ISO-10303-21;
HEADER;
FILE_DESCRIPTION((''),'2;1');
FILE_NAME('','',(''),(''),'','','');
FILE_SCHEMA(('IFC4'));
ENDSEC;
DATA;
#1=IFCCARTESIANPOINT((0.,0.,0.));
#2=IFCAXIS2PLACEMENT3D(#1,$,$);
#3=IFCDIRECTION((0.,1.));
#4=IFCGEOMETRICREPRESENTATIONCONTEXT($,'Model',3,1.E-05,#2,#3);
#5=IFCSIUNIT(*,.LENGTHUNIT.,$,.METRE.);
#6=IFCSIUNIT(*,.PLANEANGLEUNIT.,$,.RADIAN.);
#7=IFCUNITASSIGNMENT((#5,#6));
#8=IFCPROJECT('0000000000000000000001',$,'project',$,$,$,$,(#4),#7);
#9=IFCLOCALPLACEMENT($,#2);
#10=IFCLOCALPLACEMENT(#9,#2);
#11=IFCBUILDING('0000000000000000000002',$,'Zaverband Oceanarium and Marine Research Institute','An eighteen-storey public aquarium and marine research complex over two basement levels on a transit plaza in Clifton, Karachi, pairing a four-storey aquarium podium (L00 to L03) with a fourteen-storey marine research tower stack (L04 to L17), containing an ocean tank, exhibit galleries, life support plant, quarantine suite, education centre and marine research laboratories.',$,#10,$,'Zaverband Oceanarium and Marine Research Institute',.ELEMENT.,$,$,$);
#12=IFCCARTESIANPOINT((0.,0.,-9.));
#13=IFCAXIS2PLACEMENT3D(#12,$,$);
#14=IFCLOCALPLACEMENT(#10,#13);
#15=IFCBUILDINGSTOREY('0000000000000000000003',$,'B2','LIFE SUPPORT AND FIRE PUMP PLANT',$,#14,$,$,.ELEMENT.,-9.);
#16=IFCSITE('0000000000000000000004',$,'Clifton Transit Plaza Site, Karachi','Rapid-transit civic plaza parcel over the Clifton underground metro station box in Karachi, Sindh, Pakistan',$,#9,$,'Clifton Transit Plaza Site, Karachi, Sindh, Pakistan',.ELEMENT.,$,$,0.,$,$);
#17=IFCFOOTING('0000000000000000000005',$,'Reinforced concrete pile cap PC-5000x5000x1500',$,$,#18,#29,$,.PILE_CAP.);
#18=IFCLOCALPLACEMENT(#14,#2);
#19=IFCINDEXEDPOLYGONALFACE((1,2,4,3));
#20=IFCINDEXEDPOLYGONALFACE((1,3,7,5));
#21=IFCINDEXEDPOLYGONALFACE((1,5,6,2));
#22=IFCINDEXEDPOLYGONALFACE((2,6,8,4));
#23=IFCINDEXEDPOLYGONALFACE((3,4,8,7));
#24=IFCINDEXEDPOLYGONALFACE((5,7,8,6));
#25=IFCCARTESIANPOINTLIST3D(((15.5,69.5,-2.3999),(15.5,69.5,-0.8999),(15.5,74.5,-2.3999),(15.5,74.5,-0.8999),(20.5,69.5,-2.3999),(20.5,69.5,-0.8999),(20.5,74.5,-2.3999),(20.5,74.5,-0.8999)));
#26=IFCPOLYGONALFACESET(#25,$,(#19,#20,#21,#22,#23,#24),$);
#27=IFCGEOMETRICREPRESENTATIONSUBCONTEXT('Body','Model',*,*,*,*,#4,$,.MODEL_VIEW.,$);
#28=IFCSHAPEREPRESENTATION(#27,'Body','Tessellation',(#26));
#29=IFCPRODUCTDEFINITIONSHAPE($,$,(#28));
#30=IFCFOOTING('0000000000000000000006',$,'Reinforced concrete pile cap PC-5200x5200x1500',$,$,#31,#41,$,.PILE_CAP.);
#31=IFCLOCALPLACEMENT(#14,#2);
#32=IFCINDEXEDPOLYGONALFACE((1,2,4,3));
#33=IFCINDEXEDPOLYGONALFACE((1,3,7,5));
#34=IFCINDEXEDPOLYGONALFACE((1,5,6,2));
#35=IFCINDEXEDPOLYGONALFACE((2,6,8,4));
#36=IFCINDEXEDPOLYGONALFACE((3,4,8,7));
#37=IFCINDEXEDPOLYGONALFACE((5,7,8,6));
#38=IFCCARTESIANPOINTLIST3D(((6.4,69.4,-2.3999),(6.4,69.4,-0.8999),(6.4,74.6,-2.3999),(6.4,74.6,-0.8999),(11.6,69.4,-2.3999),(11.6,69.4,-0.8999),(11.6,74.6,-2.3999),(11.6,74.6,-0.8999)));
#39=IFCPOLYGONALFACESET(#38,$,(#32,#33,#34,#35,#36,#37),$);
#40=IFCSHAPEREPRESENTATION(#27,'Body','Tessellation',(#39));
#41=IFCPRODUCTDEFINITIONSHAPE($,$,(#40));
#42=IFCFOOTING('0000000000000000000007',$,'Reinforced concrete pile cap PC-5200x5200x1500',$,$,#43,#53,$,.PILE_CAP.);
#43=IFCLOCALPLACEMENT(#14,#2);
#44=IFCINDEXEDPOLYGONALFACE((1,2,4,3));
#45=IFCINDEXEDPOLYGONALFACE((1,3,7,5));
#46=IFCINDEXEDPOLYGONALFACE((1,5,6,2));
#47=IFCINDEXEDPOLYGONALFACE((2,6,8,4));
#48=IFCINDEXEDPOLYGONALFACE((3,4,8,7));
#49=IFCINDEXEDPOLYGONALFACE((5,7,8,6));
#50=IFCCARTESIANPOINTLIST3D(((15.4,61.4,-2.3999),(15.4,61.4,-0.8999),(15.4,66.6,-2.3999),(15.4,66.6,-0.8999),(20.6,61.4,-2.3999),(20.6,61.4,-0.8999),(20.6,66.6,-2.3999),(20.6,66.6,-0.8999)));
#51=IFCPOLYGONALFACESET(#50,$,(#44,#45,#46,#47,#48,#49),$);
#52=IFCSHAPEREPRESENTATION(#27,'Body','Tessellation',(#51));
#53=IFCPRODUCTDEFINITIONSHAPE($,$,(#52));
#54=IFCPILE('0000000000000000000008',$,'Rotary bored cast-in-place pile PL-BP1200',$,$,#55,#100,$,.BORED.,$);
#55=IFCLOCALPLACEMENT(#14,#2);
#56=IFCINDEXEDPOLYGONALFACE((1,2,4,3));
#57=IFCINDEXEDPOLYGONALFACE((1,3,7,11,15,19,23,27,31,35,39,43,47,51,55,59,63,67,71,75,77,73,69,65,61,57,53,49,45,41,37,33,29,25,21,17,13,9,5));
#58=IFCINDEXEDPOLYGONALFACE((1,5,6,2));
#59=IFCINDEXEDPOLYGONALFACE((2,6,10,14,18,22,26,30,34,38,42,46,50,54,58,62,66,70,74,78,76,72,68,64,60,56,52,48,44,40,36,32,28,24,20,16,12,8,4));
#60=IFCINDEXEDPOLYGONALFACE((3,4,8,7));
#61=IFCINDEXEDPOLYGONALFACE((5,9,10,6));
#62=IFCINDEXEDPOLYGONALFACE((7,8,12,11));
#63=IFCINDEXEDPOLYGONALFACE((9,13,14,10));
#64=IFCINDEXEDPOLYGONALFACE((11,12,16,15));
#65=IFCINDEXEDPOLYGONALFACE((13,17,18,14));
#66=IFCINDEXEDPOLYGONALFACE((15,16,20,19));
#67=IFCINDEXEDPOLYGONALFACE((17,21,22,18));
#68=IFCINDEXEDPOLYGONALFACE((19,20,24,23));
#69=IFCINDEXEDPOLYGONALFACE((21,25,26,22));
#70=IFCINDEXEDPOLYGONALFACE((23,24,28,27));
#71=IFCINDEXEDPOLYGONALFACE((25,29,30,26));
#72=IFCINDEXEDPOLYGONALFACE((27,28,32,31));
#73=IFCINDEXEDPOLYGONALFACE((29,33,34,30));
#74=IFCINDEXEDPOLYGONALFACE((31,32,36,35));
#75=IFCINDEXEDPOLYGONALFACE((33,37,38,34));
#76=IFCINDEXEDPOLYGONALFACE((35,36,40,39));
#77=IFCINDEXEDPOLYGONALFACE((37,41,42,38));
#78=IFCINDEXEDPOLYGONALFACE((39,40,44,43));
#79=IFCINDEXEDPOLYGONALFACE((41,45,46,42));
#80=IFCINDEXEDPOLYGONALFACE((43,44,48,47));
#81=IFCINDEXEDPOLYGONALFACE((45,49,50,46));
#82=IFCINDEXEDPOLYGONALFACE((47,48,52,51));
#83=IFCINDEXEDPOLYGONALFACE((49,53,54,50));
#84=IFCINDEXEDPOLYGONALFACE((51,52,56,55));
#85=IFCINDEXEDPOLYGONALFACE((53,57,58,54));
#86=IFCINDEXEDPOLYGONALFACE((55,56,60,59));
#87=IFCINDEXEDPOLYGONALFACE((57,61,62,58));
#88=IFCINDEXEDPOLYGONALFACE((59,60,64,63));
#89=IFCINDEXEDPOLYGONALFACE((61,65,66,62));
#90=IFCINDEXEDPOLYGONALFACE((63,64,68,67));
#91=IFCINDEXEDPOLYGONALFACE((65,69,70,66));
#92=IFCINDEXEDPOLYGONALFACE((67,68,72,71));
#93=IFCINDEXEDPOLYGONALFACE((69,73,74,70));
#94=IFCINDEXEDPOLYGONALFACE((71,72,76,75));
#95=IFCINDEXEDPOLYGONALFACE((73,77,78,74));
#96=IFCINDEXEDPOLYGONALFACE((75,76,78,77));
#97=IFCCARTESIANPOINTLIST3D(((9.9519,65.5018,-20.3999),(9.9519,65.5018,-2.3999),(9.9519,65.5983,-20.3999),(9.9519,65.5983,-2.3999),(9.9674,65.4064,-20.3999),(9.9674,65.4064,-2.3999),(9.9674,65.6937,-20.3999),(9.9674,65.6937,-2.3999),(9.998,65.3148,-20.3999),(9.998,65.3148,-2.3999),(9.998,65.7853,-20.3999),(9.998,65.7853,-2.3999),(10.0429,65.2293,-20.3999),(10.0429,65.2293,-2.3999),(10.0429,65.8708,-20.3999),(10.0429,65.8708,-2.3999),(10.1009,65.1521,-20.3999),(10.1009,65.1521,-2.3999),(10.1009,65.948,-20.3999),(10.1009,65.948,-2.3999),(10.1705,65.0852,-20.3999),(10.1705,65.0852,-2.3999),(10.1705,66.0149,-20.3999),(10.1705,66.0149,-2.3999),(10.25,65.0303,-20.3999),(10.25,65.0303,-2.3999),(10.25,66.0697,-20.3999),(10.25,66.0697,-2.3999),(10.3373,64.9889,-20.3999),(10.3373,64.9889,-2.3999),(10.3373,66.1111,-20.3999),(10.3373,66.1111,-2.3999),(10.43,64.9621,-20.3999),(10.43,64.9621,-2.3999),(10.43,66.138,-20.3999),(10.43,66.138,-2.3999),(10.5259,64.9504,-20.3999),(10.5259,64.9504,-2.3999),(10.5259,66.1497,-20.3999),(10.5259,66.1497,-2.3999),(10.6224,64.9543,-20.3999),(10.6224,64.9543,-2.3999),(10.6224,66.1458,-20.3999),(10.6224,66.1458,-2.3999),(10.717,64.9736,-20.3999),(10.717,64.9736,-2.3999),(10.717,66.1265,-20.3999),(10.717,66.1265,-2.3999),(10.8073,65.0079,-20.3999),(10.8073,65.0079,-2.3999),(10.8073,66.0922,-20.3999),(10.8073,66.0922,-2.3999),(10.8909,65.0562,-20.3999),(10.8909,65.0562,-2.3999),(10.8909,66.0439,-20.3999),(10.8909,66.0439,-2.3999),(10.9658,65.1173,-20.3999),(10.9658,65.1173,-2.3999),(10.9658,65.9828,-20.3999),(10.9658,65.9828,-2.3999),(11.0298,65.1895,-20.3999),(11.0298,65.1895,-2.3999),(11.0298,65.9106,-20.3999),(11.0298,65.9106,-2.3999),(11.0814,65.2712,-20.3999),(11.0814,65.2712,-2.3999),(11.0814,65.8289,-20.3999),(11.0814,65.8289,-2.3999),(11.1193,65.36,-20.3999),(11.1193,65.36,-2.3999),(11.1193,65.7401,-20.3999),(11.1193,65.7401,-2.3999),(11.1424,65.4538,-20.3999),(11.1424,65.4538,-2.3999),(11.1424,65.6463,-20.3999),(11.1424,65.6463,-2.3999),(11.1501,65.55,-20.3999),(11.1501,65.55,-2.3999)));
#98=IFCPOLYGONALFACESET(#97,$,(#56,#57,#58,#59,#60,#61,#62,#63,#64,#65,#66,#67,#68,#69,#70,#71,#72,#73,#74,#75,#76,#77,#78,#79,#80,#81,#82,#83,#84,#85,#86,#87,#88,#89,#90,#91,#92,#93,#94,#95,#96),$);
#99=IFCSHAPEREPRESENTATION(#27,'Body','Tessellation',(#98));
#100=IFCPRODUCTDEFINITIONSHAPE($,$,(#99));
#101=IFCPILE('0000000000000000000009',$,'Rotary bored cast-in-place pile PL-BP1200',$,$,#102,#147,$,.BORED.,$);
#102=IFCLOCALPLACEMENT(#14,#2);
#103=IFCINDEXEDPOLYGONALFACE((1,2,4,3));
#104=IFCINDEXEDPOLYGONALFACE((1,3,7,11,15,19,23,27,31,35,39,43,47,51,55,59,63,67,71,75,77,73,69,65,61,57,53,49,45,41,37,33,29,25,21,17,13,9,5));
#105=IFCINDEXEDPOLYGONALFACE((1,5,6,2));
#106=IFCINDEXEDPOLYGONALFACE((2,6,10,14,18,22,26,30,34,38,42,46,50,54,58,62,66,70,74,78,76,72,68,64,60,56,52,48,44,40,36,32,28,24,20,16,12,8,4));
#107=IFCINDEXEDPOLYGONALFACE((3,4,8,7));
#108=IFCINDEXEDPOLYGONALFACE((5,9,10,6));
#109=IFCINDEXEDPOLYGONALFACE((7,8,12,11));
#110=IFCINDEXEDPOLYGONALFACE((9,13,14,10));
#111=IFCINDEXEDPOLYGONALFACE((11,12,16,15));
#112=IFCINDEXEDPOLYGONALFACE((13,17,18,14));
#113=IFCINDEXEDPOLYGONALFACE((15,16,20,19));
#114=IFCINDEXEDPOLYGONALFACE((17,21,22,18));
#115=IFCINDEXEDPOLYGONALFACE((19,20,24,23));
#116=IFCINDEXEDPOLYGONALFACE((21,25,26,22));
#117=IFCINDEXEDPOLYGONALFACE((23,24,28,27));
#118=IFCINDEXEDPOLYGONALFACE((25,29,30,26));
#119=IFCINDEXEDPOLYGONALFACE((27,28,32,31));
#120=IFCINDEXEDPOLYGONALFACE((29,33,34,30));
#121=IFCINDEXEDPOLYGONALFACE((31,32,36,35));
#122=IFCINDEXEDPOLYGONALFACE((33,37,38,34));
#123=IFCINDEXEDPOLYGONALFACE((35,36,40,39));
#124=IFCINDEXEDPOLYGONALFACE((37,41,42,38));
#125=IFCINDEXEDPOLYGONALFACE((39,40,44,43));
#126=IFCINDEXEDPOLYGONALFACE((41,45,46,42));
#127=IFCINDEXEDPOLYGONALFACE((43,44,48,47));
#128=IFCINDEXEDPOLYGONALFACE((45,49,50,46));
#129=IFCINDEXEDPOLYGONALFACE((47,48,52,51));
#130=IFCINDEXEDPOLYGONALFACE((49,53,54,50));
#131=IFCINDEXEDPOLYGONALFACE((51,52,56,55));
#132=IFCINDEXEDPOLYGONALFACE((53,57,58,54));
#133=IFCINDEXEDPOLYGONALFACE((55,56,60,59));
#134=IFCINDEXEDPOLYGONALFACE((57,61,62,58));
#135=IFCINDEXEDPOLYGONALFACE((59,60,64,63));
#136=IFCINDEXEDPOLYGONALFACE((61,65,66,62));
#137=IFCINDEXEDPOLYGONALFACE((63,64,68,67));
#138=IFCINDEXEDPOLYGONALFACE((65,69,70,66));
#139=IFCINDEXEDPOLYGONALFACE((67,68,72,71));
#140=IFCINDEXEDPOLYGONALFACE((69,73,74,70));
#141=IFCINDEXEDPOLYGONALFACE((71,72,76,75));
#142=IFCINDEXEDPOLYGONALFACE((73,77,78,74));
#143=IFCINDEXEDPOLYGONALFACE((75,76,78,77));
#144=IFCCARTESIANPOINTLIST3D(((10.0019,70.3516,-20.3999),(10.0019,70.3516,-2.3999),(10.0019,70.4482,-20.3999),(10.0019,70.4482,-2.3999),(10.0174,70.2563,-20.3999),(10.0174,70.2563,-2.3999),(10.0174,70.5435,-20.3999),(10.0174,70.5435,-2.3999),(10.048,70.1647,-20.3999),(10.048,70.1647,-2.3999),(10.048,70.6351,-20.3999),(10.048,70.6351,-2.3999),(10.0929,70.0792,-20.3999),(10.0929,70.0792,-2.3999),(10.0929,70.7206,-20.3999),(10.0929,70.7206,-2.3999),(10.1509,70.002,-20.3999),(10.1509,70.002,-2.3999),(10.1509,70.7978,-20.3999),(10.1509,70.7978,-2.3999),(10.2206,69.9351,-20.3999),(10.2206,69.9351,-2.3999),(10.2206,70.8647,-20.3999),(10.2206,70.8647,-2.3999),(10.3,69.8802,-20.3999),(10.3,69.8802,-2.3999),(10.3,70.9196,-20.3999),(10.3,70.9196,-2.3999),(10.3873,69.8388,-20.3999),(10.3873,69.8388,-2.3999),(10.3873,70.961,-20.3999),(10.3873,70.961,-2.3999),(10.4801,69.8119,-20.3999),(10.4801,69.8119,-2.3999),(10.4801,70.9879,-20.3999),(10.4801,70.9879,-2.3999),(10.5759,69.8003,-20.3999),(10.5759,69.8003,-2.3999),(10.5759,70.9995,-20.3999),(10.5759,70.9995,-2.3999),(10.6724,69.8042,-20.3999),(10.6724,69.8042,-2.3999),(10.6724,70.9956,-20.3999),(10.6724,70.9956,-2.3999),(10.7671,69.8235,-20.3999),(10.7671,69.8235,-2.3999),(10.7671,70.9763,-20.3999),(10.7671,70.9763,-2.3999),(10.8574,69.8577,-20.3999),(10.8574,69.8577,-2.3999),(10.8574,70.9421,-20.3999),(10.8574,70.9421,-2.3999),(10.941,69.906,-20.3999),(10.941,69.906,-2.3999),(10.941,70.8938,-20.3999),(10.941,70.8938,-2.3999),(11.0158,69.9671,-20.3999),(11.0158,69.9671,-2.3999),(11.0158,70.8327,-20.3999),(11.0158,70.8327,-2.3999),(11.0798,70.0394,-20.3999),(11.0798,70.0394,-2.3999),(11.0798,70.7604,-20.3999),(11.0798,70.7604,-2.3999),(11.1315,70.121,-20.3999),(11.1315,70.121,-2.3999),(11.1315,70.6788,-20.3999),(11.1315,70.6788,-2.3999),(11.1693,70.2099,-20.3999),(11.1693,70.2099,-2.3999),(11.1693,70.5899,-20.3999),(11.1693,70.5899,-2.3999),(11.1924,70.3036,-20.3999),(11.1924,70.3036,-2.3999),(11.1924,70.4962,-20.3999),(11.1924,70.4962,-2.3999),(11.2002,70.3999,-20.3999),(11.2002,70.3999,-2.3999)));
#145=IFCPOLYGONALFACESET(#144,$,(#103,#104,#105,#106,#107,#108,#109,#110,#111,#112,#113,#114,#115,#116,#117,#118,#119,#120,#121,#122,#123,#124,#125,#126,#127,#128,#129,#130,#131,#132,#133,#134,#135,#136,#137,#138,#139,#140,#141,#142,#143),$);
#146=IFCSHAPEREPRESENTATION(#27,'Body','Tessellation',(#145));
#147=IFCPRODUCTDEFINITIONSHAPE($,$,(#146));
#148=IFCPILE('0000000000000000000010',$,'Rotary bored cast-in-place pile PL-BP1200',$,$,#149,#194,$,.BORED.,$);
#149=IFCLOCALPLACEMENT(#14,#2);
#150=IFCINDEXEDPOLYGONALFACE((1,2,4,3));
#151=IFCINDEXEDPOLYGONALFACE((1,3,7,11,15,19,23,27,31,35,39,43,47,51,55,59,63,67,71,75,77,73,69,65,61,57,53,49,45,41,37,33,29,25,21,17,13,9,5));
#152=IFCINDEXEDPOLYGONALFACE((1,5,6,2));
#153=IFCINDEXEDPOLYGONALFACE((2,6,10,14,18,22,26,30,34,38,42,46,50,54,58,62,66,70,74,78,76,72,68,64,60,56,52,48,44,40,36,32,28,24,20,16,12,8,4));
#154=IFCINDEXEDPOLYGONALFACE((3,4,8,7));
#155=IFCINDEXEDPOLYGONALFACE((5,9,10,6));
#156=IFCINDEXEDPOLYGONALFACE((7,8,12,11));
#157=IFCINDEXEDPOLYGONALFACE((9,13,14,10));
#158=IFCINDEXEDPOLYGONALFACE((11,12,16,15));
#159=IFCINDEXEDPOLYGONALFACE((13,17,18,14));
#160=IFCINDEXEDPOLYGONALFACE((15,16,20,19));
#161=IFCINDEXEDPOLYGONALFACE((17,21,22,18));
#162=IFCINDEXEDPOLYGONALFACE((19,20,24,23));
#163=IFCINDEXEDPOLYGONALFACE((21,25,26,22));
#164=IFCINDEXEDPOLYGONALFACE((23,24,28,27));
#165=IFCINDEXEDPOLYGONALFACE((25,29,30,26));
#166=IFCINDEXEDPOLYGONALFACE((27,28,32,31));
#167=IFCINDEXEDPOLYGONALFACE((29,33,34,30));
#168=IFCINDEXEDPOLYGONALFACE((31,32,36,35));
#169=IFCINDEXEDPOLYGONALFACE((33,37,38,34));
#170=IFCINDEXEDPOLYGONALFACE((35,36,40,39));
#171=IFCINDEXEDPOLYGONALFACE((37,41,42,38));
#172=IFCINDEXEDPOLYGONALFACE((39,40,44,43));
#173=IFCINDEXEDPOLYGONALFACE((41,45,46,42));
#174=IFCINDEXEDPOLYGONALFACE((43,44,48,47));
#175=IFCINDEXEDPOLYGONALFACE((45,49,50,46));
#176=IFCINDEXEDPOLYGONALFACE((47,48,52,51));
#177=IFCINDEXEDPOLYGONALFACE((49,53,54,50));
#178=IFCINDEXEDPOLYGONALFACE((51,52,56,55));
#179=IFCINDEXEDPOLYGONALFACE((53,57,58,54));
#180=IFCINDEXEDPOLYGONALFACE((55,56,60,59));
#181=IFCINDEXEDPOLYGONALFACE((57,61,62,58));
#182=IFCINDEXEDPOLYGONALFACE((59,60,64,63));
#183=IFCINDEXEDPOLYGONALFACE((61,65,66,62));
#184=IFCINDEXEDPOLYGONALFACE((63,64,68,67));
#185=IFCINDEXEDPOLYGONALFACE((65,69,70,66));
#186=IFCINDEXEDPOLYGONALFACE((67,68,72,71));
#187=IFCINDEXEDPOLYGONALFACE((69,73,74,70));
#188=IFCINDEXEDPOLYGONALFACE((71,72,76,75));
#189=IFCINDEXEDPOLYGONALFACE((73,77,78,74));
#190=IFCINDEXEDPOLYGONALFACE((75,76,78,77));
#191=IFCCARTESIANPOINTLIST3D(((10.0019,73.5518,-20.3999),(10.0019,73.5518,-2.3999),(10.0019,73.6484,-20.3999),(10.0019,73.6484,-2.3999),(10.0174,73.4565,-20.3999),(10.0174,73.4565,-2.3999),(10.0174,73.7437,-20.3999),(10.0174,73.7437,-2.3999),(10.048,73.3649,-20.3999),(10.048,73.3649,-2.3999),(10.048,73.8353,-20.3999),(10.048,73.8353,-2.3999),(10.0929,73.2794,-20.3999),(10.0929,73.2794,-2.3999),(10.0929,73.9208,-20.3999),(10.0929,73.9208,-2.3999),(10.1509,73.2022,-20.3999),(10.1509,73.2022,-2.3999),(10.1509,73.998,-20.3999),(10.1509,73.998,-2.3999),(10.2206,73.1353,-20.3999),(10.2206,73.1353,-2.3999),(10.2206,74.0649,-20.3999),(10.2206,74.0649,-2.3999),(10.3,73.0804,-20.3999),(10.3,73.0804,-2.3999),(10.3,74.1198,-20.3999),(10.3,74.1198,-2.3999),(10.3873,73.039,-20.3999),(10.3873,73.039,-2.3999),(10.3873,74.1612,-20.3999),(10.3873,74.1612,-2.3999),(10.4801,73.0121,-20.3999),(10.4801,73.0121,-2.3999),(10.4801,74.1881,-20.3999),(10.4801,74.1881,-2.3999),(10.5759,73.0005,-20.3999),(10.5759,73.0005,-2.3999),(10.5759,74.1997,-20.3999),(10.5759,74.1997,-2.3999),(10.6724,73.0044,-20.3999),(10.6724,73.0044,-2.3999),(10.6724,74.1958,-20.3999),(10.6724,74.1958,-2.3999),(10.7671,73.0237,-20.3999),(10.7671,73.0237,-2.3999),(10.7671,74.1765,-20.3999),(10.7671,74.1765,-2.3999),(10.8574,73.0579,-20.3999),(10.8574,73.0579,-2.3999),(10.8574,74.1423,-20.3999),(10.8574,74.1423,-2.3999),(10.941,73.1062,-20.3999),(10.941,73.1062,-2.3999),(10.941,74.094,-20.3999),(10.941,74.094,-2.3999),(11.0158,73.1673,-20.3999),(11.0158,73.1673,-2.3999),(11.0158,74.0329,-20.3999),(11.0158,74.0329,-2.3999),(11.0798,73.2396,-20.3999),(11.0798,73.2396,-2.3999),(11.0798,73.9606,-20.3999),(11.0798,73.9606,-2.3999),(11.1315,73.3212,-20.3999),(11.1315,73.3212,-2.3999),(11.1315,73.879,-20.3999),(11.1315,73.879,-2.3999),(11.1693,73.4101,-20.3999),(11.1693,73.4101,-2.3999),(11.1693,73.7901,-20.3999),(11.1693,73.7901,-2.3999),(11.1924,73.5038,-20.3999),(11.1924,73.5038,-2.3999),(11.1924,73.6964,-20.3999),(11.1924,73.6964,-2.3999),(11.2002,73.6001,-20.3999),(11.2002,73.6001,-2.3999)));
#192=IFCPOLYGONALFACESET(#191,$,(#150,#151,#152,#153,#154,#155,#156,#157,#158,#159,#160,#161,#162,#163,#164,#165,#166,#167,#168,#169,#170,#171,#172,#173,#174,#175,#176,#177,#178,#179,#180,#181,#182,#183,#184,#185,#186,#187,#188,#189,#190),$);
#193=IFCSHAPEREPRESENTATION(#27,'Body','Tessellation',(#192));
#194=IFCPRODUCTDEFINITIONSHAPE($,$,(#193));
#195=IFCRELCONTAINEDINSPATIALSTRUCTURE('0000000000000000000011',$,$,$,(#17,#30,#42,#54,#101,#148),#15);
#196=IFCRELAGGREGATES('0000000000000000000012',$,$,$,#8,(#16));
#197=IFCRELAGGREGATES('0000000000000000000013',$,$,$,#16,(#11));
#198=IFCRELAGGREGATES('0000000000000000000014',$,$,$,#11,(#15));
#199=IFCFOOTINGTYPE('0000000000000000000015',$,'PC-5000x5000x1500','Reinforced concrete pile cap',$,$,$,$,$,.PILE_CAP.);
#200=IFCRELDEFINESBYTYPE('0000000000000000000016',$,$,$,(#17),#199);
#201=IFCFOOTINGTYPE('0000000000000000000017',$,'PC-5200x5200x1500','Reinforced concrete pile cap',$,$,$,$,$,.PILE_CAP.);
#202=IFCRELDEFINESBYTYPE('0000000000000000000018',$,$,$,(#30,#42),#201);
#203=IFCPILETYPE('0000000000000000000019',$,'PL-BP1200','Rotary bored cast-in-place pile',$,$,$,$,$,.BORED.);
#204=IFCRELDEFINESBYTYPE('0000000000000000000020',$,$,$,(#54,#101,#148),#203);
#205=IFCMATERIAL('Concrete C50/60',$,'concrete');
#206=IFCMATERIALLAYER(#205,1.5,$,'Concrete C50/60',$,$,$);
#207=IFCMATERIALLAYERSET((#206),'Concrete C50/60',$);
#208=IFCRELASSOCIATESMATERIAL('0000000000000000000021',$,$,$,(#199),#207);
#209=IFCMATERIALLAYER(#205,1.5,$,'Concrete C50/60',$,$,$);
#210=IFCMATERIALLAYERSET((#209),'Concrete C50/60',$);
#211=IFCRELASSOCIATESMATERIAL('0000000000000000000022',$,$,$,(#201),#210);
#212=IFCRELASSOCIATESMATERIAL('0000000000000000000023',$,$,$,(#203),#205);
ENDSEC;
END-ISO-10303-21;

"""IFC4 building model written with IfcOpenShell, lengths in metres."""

from ifc_helpers import new_model, si_unit, direction, frame, origin, origin_2d, place, context, subcontext, project, spatial, rectangle, circle, extrude, material, layer, layer_set, material_profile, profile_set, type_object, element, save


model = new_model("IFC4")

# Units and contexts
model_context = context("Model", 3, precision=1e-05, world=origin(), true_north=direction((0.0, 1.0)))
body_context = subcontext(model_context, "Body", "Model", "MODEL_VIEW")
ifc_project = project(units=[si_unit("LENGTHUNIT", "METRE"), si_unit("PLANEANGLEUNIT", "RADIAN")], contexts=[model_context])

# Site, building, storey
site_placement = place(None, origin())
site = spatial("IfcSite", under=ifc_project, at=site_placement, Name="Clifton Transit Plaza Site, Karachi", Description="Rapid-transit civic plaza parcel over the Clifton underground metro station box in Karachi, Sindh, Pakistan", LongName="Clifton Transit Plaza Site, Karachi, Sindh, Pakistan", CompositionType="ELEMENT", RefElevation=0.0)
building_placement = place(site_placement, origin())
building = spatial("IfcBuilding", under=site, at=building_placement, Name="Zaverband Oceanarium and Marine Research Institute", Description="An eighteen-storey public aquarium and marine research complex over two basement levels on a transit plaza in Clifton, Karachi, pairing a four-storey aquarium podium (L00 to L03) with a fourteen-storey marine research tower stack (L04 to L17), containing an ocean tank, exhibit galleries, life support plant, quarantine suite, education centre and marine research laboratories.", LongName="Zaverband Oceanarium and Marine Research Institute", CompositionType="ELEMENT")
storey_placement = place(building_placement, frame((0.0, 0.0, -9.0)))
storey = spatial("IfcBuildingStorey", under=building, at=storey_placement, Name="B2", Description="LIFE SUPPORT AND FIRE PUMP PLANT", CompositionType="ELEMENT", Elevation=-9.0)

# Footings
ifc_material_1 = material(Name="Concrete C50/60", Category="concrete")
ifc_layer_1 = layer(ifc_material_1, 1.5, Name="Concrete C50/60")
ifc_layer_set_1 = layer_set([ifc_layer_1], Name="Concrete C50/60")
footing_type_1 = type_object("IfcFootingType", Name="PC-5000x5000x1500", Description="Reinforced concrete pile cap", PredefinedType="PILE_CAP", material=ifc_layer_set_1)
footing_placement = place(storey_placement, frame((18.0, 72.0, -2.3999), z_axis=(0.0, 0.0, 1.0), x_axis=(1.0, 0.0, 0.0)))
element("IfcFooting", 1, at=footing_placement, inside=storey, type_object=footing_type_1, Name="Reinforced concrete pile cap PC-5000x5000x1500", PredefinedType="PILE_CAP", context=body_context, shape_type="SweptSolid", body=[
    extrude(rectangle(XDim=5.0, YDim=5.0, at=origin_2d()), origin(), (0.0, 0.0, 1.0), 1.5),
])
ifc_layer_2 = layer(ifc_material_1, 1.5, Name="Concrete C50/60")
ifc_layer_set_2 = layer_set([ifc_layer_2], Name="Concrete C50/60")
footing_type_2 = type_object("IfcFootingType", Name="PC-5200x5200x1500", Description="Reinforced concrete pile cap", PredefinedType="PILE_CAP", material=ifc_layer_set_2)
for number, where, z_axis, x_axis, name in (
    (2, (9.0, 72.0, -2.3999), (0.0, 0.0, 1.0), (1.0, 0.0, 0.0), "Reinforced concrete pile cap PC-5200x5200x1500"),
    (3, (18.0, 64.0, -2.3999), (0.0, 0.0, 1.0), (1.0, 0.0, 0.0), "Reinforced concrete pile cap PC-5200x5200x1500"),
):
    element("IfcFooting", number, at=place(storey_placement, frame(where, z_axis=z_axis, x_axis=x_axis)), inside=storey, type_object=footing_type_2, Name=name, PredefinedType="PILE_CAP", context=body_context, shape_type="SweptSolid", body=[
        extrude(rectangle(XDim=5.2, YDim=5.2, at=origin_2d()), origin(), (0.0, 0.0, 1.0), 1.5),
    ])

# Piles
ifc_material_profile_1 = material_profile(ifc_material_1, circle(Radius=0.6001, at=origin_2d()), Name="BP1200")
ifc_profile_set_1 = profile_set([ifc_material_profile_1], Name="Concrete C50/60")
pile_type = type_object("IfcPileType", Name="PL-BP1200", Description="Rotary bored cast-in-place pile", PredefinedType="BORED", material=ifc_profile_set_1)
for number, where, z_axis, x_axis, name in (
    (4, (10.55, 65.55, -2.3999), (0.0, 0.0, -1.0), (1.0, 0.0, 0.0), "Rotary bored cast-in-place pile PL-BP1200"),
    (5, (10.6001, 70.3999, -2.3999), (0.0, 0.0, -1.0), (1.0, 0.0, 0.0), "Rotary bored cast-in-place pile PL-BP1200"),
    (6, (10.6001, 73.6001, -2.3999), (0.0, 0.0, -1.0), (1.0, 0.0, 0.0), "Rotary bored cast-in-place pile PL-BP1200"),
):
    element("IfcPile", number, at=place(storey_placement, frame(where, z_axis=z_axis, x_axis=x_axis)), inside=storey, type_object=pile_type, Name=name, PredefinedType="BORED", context=body_context, shape_type="SweptSolid", body=[
        extrude(circle(Radius=0.6001, at=origin_2d()), origin(), (0.0, 0.0, 1.0), 18.0),
    ])

save(model, "model.ifc")
